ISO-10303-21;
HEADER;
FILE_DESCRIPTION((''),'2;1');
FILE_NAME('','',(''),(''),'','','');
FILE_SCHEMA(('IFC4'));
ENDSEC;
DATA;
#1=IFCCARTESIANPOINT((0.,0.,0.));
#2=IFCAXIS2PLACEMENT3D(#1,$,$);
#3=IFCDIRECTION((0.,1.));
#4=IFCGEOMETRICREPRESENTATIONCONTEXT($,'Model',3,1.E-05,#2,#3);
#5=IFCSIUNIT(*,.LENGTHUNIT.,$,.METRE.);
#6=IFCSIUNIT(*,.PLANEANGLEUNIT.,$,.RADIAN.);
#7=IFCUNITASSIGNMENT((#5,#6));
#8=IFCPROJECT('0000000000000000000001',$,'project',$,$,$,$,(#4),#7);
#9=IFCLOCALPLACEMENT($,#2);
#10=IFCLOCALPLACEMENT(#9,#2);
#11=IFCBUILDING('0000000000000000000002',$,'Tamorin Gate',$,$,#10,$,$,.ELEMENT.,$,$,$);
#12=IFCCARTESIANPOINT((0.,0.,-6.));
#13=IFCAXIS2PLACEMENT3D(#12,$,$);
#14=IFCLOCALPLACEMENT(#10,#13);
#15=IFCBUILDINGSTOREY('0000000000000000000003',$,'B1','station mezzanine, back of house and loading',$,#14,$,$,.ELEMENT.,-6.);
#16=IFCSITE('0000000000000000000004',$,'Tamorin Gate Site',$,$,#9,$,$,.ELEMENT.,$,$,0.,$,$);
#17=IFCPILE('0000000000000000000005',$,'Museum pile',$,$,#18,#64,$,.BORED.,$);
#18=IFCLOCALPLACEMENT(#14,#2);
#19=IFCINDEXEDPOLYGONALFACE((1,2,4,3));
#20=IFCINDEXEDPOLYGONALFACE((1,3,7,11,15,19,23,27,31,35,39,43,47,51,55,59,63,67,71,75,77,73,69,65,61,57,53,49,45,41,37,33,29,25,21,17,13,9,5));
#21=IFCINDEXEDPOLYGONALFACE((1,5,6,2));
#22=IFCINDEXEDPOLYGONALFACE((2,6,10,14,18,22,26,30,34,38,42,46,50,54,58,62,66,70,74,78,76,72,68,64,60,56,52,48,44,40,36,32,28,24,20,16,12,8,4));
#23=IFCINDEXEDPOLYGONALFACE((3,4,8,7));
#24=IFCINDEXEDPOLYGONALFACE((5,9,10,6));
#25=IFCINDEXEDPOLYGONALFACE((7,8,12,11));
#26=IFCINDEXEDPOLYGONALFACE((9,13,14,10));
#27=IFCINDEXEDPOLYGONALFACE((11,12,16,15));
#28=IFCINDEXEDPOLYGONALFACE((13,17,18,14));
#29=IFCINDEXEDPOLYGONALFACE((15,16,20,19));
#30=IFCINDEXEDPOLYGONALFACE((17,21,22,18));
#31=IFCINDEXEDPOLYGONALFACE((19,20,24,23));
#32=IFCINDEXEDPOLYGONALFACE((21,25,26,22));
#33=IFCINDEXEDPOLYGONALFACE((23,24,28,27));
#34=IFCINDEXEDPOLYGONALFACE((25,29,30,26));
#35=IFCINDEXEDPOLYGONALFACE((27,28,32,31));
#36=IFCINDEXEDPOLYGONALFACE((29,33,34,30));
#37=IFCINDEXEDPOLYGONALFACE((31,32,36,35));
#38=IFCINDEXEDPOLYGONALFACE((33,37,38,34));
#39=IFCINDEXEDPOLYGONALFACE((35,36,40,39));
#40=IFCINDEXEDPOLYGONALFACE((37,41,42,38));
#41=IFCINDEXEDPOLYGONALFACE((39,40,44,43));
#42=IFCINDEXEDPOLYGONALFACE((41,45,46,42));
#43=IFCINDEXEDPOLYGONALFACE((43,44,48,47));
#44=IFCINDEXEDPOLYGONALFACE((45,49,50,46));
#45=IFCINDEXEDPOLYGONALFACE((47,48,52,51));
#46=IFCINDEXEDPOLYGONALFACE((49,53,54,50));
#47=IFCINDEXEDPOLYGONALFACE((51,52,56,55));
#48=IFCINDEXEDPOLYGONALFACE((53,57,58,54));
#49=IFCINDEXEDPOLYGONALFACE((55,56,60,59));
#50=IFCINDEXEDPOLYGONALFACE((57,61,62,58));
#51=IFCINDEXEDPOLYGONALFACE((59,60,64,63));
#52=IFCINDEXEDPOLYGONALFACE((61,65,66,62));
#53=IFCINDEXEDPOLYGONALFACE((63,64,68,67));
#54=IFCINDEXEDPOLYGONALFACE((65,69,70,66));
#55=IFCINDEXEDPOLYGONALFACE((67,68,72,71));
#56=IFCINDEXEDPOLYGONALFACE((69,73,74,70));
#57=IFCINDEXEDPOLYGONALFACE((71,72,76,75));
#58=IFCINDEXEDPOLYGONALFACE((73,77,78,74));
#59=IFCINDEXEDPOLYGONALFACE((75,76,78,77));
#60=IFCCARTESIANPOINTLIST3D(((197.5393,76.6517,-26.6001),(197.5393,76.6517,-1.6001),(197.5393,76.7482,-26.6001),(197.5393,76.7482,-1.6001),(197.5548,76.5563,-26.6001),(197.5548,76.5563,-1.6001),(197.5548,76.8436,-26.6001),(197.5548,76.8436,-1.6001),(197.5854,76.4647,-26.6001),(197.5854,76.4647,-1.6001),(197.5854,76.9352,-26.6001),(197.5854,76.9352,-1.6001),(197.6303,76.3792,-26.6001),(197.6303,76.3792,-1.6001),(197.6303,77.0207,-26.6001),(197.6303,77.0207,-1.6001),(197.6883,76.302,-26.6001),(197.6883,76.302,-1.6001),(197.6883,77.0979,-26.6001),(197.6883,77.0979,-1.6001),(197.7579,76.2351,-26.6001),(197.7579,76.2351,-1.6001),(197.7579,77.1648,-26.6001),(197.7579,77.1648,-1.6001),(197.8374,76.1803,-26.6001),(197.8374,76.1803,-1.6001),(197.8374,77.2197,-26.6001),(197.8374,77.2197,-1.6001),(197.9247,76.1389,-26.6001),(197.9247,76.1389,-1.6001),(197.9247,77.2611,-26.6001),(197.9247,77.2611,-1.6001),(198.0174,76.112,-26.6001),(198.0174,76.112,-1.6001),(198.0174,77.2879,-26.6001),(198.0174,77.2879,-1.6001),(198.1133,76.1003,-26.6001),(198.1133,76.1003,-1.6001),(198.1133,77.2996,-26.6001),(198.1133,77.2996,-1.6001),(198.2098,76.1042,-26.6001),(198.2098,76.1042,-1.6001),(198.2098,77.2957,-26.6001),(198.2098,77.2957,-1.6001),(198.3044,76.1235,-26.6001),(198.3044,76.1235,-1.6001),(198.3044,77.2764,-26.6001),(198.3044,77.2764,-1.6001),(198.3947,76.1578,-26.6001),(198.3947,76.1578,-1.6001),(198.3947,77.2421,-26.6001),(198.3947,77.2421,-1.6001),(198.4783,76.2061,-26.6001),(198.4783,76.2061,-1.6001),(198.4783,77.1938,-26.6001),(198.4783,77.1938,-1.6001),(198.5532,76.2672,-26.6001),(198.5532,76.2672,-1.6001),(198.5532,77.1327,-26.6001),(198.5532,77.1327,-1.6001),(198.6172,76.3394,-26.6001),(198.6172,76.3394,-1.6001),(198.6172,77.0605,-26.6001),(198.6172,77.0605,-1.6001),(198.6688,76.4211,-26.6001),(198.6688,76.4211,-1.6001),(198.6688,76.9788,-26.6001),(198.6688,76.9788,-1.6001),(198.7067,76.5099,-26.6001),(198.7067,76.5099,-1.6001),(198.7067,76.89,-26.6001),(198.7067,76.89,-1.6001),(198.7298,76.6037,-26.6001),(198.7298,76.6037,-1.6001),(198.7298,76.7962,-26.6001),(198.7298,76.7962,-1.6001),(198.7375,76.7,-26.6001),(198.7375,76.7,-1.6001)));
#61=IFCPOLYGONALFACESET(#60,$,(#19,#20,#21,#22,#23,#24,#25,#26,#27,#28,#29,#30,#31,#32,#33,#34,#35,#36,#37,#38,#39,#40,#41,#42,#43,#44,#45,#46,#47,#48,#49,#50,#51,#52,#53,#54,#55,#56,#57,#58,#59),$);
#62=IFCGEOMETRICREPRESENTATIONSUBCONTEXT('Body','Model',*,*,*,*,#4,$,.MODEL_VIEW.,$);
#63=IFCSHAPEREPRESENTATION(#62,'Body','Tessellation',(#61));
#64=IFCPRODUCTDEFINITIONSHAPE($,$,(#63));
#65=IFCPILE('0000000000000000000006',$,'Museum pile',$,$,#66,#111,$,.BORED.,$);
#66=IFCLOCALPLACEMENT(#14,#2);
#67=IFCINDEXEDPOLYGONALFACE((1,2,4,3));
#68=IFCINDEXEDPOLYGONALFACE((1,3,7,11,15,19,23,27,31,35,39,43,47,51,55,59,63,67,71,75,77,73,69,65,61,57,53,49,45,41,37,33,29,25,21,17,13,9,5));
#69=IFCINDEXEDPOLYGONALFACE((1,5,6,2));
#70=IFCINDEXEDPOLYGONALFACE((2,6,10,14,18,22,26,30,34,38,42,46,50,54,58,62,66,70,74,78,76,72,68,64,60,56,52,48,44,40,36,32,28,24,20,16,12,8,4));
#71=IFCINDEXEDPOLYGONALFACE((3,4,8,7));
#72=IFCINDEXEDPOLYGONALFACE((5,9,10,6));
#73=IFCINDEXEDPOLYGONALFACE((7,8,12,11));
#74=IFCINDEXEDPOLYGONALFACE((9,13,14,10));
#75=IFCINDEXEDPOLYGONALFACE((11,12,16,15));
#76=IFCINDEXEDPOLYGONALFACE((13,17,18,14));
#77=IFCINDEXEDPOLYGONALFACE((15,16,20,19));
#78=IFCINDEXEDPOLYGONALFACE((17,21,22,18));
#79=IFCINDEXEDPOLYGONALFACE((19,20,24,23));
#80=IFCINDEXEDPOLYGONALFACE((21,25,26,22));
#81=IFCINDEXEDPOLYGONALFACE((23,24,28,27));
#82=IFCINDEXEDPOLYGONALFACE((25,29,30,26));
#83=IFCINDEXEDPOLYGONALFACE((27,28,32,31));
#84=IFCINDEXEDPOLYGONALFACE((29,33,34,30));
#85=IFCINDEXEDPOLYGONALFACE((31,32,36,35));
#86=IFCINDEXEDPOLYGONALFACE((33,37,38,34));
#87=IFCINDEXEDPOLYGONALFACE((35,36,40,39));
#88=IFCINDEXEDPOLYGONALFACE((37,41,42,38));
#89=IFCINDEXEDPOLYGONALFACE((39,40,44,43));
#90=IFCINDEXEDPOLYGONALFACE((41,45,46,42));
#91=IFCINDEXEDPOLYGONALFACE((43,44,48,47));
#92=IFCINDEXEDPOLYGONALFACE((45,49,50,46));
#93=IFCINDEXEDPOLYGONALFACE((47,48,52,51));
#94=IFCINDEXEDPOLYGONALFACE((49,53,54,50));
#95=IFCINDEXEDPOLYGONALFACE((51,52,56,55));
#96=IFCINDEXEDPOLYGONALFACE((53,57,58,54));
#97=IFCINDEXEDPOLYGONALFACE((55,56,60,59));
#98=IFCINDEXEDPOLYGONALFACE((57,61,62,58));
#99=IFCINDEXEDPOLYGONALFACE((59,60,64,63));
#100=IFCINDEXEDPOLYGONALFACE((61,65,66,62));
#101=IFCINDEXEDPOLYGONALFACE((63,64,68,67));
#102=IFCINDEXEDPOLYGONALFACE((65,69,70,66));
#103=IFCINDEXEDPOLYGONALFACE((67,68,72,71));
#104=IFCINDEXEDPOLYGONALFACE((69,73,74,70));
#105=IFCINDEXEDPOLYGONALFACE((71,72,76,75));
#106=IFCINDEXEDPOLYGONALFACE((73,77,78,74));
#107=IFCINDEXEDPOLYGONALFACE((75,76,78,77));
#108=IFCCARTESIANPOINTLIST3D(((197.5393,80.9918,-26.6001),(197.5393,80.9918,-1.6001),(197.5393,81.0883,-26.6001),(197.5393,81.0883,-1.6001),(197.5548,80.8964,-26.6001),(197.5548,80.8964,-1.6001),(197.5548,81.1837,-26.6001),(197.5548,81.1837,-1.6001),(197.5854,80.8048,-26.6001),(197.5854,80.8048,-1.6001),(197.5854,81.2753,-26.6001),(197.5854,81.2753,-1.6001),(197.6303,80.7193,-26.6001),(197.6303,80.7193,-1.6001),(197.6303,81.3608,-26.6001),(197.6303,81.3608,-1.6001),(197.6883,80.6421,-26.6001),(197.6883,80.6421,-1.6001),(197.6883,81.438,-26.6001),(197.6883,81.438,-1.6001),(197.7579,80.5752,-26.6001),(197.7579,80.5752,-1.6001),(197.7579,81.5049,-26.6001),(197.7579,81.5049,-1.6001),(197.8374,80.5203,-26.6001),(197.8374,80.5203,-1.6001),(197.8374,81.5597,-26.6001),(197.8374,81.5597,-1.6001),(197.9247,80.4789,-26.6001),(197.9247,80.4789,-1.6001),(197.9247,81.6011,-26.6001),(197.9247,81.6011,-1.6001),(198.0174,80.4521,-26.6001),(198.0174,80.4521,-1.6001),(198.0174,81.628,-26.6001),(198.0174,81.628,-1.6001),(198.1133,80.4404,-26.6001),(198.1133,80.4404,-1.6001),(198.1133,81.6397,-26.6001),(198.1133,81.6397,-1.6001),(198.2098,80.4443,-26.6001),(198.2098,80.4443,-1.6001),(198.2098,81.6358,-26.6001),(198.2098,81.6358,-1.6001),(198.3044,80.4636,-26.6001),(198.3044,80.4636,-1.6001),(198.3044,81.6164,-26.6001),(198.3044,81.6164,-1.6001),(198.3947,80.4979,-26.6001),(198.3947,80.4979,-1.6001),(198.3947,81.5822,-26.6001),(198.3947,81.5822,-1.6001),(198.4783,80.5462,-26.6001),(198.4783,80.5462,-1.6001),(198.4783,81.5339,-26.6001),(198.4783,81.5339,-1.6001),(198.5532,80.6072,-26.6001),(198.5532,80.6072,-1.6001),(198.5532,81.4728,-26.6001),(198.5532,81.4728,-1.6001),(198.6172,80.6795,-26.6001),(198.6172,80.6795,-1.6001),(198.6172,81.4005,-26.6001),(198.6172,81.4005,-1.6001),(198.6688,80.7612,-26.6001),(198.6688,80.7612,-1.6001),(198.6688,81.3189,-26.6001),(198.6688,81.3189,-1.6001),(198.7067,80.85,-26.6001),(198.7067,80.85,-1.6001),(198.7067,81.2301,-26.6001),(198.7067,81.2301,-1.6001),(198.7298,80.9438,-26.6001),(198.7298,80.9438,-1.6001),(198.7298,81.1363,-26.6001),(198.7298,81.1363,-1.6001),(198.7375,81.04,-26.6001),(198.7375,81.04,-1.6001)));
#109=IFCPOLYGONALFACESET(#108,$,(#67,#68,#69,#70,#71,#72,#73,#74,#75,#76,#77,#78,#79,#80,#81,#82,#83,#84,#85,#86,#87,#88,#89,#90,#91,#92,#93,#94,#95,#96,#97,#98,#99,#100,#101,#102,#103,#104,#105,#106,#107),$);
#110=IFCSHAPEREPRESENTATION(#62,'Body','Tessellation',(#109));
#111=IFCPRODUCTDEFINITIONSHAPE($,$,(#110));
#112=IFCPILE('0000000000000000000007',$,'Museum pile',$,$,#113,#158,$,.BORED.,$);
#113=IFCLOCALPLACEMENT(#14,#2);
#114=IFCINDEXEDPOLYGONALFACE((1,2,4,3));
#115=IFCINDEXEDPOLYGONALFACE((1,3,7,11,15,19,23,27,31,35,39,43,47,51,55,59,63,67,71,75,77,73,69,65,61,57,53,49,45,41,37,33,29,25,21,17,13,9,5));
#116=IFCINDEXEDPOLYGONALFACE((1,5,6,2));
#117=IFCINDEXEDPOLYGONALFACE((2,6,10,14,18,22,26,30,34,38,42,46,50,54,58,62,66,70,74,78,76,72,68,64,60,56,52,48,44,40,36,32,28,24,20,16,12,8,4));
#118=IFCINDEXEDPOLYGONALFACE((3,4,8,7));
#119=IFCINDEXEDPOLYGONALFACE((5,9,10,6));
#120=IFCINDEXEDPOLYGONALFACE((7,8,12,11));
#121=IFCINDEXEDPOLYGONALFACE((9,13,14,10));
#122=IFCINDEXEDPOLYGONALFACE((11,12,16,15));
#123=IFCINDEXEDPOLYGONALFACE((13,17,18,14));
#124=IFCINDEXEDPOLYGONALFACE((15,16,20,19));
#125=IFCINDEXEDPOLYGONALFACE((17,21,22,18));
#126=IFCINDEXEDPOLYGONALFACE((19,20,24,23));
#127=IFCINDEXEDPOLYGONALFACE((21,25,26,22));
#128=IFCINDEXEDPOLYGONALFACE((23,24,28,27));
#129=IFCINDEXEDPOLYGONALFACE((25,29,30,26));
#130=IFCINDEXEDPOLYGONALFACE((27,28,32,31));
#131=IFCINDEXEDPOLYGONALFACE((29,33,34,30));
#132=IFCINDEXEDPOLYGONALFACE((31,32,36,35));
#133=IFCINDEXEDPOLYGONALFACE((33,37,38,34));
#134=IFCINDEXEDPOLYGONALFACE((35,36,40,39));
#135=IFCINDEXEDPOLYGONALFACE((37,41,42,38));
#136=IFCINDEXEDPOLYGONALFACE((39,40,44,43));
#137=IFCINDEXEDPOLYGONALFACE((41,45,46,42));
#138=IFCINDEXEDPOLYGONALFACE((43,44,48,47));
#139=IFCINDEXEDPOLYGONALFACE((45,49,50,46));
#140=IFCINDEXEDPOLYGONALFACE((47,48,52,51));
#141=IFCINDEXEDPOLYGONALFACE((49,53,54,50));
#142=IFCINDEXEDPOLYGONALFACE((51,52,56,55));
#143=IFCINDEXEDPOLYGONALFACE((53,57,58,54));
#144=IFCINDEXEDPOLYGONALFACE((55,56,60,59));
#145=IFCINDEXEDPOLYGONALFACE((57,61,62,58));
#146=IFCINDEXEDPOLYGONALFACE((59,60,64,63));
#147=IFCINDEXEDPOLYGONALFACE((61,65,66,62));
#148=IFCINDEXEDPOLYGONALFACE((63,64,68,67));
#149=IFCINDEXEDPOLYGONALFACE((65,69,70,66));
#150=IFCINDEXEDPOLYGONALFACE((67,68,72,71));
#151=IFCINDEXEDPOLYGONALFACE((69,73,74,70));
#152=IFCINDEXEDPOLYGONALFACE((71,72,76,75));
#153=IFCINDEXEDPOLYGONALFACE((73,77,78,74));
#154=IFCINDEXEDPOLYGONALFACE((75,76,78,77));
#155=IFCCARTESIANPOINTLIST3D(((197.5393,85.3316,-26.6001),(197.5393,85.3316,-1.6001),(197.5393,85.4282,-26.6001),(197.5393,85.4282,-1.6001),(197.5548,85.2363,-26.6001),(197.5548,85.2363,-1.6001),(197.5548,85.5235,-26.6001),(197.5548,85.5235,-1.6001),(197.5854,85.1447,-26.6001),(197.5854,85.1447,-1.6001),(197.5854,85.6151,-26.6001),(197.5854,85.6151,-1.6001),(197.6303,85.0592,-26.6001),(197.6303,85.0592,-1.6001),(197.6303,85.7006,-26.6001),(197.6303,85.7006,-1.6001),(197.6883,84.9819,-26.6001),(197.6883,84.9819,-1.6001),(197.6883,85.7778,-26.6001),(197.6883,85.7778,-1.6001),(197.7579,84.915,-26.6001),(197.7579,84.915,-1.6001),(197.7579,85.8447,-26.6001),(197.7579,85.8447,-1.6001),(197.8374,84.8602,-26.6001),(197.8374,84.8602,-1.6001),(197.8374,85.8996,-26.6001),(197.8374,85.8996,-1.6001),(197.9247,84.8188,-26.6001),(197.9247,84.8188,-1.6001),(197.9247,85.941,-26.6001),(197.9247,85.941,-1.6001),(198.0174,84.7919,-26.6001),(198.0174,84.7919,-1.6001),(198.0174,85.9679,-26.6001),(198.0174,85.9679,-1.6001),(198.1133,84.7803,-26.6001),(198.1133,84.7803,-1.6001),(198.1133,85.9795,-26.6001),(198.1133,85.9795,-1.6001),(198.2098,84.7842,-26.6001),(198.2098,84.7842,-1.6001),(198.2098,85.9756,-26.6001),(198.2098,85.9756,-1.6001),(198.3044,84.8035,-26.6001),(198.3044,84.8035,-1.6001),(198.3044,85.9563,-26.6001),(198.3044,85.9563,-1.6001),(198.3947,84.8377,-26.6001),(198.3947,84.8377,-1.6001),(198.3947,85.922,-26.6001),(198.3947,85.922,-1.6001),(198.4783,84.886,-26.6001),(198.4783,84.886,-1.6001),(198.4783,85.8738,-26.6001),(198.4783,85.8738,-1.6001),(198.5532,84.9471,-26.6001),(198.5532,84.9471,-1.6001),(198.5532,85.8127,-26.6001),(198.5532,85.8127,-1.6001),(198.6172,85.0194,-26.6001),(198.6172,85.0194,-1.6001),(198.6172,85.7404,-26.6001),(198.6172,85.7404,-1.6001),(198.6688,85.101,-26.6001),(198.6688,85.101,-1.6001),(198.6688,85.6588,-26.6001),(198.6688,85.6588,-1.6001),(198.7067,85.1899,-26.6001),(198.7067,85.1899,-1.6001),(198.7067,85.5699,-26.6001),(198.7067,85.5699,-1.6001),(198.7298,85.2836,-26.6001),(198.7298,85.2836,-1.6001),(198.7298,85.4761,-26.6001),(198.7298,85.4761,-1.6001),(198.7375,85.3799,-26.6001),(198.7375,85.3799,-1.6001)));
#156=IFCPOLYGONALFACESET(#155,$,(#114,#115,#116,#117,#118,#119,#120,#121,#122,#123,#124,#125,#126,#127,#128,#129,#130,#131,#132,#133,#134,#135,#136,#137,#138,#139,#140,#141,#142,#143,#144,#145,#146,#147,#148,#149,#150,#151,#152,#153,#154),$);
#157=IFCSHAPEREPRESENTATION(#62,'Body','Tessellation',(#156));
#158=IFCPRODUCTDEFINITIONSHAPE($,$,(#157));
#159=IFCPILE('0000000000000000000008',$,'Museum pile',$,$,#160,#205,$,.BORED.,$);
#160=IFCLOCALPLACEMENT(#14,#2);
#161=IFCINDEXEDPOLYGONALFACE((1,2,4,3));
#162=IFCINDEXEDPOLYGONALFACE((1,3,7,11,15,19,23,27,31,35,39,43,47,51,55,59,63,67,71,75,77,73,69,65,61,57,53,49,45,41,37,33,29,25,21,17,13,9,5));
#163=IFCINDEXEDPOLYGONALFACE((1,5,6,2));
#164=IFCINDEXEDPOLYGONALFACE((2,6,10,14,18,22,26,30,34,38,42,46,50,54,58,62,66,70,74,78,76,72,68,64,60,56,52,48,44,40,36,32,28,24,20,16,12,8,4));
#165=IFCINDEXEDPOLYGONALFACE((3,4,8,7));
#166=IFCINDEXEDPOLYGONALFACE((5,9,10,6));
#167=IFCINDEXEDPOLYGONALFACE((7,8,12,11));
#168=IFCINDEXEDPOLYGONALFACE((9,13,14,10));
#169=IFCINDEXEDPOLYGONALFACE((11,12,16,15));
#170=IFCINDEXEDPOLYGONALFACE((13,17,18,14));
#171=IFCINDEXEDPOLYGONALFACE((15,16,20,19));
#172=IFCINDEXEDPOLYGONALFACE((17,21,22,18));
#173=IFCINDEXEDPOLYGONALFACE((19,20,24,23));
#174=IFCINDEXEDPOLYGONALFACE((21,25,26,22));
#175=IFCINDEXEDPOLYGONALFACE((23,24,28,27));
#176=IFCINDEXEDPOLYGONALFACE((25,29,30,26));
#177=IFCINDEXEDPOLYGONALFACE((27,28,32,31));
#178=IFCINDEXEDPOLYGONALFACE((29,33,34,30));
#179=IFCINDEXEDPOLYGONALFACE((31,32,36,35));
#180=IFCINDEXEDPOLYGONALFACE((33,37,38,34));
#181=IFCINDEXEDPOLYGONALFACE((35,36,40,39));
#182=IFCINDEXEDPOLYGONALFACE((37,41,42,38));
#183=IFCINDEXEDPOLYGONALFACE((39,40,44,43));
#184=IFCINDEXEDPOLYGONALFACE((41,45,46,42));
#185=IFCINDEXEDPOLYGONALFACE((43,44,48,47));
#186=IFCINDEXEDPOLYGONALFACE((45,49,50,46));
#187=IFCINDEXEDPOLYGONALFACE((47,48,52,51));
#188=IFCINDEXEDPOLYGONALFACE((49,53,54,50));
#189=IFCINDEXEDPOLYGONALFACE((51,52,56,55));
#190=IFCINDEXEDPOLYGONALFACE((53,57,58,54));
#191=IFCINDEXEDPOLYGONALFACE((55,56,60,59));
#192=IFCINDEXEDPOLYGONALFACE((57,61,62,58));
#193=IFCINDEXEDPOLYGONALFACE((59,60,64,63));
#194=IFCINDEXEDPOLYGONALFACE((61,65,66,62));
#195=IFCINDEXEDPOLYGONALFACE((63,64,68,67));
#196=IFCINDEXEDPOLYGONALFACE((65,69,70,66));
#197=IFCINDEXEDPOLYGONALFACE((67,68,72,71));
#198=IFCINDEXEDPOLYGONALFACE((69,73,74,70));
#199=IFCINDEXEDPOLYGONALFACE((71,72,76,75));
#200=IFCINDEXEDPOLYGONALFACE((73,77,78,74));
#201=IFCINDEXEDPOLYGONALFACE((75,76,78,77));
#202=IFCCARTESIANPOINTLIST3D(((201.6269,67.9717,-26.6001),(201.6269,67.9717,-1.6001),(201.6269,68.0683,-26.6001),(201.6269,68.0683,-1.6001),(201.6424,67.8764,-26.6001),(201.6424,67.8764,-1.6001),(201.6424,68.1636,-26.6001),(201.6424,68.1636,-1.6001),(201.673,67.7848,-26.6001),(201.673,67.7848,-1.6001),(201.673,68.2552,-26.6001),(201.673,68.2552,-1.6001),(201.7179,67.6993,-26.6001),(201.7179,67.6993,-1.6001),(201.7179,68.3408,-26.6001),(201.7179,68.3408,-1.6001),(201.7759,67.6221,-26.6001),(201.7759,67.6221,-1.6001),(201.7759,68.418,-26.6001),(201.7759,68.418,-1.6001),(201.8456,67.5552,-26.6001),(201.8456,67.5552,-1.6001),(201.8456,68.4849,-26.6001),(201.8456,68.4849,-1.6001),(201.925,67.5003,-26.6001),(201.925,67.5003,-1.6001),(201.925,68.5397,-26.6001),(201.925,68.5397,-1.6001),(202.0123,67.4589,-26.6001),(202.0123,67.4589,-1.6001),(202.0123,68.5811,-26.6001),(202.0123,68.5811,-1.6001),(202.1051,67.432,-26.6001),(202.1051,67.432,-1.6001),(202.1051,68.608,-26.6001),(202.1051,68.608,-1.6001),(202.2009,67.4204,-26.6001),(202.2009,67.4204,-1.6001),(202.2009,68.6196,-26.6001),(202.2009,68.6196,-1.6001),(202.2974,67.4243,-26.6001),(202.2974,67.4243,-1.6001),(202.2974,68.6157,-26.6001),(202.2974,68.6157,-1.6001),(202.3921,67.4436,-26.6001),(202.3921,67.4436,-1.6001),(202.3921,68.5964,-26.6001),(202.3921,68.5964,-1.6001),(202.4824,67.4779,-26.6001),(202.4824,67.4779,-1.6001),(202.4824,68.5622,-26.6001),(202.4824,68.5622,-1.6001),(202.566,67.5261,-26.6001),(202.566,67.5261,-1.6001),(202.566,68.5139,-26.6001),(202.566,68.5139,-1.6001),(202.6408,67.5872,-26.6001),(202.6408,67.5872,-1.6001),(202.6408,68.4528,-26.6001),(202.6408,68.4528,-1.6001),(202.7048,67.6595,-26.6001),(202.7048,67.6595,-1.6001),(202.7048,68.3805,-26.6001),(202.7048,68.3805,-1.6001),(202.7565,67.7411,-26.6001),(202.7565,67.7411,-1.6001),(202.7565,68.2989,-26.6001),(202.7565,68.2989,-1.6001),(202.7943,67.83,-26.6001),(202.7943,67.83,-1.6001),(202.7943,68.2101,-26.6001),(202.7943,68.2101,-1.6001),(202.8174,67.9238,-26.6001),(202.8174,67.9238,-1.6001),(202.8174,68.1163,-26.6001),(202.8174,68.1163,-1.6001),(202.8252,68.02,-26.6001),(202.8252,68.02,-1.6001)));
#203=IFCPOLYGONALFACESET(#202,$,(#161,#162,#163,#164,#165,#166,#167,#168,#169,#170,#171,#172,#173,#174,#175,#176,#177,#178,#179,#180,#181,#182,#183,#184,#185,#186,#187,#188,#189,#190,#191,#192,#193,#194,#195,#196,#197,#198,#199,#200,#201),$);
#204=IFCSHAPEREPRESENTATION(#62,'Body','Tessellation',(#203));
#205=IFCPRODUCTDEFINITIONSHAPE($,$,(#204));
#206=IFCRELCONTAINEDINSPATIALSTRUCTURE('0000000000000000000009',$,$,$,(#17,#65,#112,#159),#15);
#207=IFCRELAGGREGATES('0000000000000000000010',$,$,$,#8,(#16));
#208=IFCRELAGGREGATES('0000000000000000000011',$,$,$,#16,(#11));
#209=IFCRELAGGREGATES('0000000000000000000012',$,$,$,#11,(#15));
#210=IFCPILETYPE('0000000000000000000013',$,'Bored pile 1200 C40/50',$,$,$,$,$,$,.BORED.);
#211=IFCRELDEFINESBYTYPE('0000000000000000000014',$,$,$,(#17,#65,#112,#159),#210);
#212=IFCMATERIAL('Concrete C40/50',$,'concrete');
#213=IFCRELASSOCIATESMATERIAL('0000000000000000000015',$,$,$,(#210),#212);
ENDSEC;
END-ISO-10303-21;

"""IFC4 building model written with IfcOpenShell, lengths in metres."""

from ifc_helpers import new_model, si_unit, direction, frame, origin, origin_2d, place, context, subcontext, project, spatial, circle, extrude, material, material_profile, profile_set, type_object, element, save


model = new_model("IFC4")

# Units and contexts
model_context = context("Model", 3, precision=1e-05, world=origin(), true_north=direction((0.0, 1.0)))
body_context = subcontext(model_context, "Body", "Model", "MODEL_VIEW")
ifc_project = project(units=[si_unit("LENGTHUNIT", "METRE"), si_unit("PLANEANGLEUNIT", "RADIAN")], contexts=[model_context])

# Site, building, storey
site_placement = place(None, origin())
site = spatial("IfcSite", under=ifc_project, at=site_placement, Name="Tamorin Gate Site", CompositionType="ELEMENT", RefElevation=0.0)
building_placement = place(site_placement, origin())
building = spatial("IfcBuilding", under=site, at=building_placement, Name="Tamorin Gate", CompositionType="ELEMENT")
storey_placement = place(building_placement, frame((0.0, 0.0, -6.0)))
storey = spatial("IfcBuildingStorey", under=building, at=storey_placement, Name="B1", Description="station mezzanine, back of house and loading", CompositionType="ELEMENT", Elevation=-6.0)

# Piles
ifc_material_1 = material(Name="Concrete C40/50", Category="concrete")
ifc_material_profile_1 = material_profile(ifc_material_1, circle(Radius=0.6001, at=origin_2d()))
ifc_profile_set_1 = profile_set([ifc_material_profile_1], Name="Concrete C40/50")
pile_type = type_object("IfcPileType", Name="Bored pile 1200 C40/50", PredefinedType="BORED", material=ifc_profile_set_1)
for number, where, z_axis, x_axis, name in (
    (1, (198.1375, 76.7, -1.6001), (0.0, 0.0, -1.0), (1.0, 0.0, 0.0), "Museum pile"),
    (2, (198.1375, 81.04, -1.6001), (0.0, 0.0, -1.0), (1.0, 0.0, 0.0), "Museum pile"),
    (3, (198.1375, 85.3799, -1.6001), (0.0, 0.0, -1.0), (1.0, 0.0, 0.0), "Museum pile"),
    (4, (202.2251, 68.02, -1.6001), (0.0, 0.0, -1.0), (1.0, 0.0, 0.0), "Museum pile"),
):
    element("IfcPile", number, at=place(storey_placement, frame(where, z_axis=z_axis, x_axis=x_axis)), inside=storey, type_object=pile_type, Name=name, PredefinedType="BORED", context=body_context, shape_type="SweptSolid", body=[
        extrude(circle(Radius=0.6001, at=origin_2d()), origin(), (0.0, 0.0, 1.0), 25.0),
    ])

save(model, "model.ifc")
